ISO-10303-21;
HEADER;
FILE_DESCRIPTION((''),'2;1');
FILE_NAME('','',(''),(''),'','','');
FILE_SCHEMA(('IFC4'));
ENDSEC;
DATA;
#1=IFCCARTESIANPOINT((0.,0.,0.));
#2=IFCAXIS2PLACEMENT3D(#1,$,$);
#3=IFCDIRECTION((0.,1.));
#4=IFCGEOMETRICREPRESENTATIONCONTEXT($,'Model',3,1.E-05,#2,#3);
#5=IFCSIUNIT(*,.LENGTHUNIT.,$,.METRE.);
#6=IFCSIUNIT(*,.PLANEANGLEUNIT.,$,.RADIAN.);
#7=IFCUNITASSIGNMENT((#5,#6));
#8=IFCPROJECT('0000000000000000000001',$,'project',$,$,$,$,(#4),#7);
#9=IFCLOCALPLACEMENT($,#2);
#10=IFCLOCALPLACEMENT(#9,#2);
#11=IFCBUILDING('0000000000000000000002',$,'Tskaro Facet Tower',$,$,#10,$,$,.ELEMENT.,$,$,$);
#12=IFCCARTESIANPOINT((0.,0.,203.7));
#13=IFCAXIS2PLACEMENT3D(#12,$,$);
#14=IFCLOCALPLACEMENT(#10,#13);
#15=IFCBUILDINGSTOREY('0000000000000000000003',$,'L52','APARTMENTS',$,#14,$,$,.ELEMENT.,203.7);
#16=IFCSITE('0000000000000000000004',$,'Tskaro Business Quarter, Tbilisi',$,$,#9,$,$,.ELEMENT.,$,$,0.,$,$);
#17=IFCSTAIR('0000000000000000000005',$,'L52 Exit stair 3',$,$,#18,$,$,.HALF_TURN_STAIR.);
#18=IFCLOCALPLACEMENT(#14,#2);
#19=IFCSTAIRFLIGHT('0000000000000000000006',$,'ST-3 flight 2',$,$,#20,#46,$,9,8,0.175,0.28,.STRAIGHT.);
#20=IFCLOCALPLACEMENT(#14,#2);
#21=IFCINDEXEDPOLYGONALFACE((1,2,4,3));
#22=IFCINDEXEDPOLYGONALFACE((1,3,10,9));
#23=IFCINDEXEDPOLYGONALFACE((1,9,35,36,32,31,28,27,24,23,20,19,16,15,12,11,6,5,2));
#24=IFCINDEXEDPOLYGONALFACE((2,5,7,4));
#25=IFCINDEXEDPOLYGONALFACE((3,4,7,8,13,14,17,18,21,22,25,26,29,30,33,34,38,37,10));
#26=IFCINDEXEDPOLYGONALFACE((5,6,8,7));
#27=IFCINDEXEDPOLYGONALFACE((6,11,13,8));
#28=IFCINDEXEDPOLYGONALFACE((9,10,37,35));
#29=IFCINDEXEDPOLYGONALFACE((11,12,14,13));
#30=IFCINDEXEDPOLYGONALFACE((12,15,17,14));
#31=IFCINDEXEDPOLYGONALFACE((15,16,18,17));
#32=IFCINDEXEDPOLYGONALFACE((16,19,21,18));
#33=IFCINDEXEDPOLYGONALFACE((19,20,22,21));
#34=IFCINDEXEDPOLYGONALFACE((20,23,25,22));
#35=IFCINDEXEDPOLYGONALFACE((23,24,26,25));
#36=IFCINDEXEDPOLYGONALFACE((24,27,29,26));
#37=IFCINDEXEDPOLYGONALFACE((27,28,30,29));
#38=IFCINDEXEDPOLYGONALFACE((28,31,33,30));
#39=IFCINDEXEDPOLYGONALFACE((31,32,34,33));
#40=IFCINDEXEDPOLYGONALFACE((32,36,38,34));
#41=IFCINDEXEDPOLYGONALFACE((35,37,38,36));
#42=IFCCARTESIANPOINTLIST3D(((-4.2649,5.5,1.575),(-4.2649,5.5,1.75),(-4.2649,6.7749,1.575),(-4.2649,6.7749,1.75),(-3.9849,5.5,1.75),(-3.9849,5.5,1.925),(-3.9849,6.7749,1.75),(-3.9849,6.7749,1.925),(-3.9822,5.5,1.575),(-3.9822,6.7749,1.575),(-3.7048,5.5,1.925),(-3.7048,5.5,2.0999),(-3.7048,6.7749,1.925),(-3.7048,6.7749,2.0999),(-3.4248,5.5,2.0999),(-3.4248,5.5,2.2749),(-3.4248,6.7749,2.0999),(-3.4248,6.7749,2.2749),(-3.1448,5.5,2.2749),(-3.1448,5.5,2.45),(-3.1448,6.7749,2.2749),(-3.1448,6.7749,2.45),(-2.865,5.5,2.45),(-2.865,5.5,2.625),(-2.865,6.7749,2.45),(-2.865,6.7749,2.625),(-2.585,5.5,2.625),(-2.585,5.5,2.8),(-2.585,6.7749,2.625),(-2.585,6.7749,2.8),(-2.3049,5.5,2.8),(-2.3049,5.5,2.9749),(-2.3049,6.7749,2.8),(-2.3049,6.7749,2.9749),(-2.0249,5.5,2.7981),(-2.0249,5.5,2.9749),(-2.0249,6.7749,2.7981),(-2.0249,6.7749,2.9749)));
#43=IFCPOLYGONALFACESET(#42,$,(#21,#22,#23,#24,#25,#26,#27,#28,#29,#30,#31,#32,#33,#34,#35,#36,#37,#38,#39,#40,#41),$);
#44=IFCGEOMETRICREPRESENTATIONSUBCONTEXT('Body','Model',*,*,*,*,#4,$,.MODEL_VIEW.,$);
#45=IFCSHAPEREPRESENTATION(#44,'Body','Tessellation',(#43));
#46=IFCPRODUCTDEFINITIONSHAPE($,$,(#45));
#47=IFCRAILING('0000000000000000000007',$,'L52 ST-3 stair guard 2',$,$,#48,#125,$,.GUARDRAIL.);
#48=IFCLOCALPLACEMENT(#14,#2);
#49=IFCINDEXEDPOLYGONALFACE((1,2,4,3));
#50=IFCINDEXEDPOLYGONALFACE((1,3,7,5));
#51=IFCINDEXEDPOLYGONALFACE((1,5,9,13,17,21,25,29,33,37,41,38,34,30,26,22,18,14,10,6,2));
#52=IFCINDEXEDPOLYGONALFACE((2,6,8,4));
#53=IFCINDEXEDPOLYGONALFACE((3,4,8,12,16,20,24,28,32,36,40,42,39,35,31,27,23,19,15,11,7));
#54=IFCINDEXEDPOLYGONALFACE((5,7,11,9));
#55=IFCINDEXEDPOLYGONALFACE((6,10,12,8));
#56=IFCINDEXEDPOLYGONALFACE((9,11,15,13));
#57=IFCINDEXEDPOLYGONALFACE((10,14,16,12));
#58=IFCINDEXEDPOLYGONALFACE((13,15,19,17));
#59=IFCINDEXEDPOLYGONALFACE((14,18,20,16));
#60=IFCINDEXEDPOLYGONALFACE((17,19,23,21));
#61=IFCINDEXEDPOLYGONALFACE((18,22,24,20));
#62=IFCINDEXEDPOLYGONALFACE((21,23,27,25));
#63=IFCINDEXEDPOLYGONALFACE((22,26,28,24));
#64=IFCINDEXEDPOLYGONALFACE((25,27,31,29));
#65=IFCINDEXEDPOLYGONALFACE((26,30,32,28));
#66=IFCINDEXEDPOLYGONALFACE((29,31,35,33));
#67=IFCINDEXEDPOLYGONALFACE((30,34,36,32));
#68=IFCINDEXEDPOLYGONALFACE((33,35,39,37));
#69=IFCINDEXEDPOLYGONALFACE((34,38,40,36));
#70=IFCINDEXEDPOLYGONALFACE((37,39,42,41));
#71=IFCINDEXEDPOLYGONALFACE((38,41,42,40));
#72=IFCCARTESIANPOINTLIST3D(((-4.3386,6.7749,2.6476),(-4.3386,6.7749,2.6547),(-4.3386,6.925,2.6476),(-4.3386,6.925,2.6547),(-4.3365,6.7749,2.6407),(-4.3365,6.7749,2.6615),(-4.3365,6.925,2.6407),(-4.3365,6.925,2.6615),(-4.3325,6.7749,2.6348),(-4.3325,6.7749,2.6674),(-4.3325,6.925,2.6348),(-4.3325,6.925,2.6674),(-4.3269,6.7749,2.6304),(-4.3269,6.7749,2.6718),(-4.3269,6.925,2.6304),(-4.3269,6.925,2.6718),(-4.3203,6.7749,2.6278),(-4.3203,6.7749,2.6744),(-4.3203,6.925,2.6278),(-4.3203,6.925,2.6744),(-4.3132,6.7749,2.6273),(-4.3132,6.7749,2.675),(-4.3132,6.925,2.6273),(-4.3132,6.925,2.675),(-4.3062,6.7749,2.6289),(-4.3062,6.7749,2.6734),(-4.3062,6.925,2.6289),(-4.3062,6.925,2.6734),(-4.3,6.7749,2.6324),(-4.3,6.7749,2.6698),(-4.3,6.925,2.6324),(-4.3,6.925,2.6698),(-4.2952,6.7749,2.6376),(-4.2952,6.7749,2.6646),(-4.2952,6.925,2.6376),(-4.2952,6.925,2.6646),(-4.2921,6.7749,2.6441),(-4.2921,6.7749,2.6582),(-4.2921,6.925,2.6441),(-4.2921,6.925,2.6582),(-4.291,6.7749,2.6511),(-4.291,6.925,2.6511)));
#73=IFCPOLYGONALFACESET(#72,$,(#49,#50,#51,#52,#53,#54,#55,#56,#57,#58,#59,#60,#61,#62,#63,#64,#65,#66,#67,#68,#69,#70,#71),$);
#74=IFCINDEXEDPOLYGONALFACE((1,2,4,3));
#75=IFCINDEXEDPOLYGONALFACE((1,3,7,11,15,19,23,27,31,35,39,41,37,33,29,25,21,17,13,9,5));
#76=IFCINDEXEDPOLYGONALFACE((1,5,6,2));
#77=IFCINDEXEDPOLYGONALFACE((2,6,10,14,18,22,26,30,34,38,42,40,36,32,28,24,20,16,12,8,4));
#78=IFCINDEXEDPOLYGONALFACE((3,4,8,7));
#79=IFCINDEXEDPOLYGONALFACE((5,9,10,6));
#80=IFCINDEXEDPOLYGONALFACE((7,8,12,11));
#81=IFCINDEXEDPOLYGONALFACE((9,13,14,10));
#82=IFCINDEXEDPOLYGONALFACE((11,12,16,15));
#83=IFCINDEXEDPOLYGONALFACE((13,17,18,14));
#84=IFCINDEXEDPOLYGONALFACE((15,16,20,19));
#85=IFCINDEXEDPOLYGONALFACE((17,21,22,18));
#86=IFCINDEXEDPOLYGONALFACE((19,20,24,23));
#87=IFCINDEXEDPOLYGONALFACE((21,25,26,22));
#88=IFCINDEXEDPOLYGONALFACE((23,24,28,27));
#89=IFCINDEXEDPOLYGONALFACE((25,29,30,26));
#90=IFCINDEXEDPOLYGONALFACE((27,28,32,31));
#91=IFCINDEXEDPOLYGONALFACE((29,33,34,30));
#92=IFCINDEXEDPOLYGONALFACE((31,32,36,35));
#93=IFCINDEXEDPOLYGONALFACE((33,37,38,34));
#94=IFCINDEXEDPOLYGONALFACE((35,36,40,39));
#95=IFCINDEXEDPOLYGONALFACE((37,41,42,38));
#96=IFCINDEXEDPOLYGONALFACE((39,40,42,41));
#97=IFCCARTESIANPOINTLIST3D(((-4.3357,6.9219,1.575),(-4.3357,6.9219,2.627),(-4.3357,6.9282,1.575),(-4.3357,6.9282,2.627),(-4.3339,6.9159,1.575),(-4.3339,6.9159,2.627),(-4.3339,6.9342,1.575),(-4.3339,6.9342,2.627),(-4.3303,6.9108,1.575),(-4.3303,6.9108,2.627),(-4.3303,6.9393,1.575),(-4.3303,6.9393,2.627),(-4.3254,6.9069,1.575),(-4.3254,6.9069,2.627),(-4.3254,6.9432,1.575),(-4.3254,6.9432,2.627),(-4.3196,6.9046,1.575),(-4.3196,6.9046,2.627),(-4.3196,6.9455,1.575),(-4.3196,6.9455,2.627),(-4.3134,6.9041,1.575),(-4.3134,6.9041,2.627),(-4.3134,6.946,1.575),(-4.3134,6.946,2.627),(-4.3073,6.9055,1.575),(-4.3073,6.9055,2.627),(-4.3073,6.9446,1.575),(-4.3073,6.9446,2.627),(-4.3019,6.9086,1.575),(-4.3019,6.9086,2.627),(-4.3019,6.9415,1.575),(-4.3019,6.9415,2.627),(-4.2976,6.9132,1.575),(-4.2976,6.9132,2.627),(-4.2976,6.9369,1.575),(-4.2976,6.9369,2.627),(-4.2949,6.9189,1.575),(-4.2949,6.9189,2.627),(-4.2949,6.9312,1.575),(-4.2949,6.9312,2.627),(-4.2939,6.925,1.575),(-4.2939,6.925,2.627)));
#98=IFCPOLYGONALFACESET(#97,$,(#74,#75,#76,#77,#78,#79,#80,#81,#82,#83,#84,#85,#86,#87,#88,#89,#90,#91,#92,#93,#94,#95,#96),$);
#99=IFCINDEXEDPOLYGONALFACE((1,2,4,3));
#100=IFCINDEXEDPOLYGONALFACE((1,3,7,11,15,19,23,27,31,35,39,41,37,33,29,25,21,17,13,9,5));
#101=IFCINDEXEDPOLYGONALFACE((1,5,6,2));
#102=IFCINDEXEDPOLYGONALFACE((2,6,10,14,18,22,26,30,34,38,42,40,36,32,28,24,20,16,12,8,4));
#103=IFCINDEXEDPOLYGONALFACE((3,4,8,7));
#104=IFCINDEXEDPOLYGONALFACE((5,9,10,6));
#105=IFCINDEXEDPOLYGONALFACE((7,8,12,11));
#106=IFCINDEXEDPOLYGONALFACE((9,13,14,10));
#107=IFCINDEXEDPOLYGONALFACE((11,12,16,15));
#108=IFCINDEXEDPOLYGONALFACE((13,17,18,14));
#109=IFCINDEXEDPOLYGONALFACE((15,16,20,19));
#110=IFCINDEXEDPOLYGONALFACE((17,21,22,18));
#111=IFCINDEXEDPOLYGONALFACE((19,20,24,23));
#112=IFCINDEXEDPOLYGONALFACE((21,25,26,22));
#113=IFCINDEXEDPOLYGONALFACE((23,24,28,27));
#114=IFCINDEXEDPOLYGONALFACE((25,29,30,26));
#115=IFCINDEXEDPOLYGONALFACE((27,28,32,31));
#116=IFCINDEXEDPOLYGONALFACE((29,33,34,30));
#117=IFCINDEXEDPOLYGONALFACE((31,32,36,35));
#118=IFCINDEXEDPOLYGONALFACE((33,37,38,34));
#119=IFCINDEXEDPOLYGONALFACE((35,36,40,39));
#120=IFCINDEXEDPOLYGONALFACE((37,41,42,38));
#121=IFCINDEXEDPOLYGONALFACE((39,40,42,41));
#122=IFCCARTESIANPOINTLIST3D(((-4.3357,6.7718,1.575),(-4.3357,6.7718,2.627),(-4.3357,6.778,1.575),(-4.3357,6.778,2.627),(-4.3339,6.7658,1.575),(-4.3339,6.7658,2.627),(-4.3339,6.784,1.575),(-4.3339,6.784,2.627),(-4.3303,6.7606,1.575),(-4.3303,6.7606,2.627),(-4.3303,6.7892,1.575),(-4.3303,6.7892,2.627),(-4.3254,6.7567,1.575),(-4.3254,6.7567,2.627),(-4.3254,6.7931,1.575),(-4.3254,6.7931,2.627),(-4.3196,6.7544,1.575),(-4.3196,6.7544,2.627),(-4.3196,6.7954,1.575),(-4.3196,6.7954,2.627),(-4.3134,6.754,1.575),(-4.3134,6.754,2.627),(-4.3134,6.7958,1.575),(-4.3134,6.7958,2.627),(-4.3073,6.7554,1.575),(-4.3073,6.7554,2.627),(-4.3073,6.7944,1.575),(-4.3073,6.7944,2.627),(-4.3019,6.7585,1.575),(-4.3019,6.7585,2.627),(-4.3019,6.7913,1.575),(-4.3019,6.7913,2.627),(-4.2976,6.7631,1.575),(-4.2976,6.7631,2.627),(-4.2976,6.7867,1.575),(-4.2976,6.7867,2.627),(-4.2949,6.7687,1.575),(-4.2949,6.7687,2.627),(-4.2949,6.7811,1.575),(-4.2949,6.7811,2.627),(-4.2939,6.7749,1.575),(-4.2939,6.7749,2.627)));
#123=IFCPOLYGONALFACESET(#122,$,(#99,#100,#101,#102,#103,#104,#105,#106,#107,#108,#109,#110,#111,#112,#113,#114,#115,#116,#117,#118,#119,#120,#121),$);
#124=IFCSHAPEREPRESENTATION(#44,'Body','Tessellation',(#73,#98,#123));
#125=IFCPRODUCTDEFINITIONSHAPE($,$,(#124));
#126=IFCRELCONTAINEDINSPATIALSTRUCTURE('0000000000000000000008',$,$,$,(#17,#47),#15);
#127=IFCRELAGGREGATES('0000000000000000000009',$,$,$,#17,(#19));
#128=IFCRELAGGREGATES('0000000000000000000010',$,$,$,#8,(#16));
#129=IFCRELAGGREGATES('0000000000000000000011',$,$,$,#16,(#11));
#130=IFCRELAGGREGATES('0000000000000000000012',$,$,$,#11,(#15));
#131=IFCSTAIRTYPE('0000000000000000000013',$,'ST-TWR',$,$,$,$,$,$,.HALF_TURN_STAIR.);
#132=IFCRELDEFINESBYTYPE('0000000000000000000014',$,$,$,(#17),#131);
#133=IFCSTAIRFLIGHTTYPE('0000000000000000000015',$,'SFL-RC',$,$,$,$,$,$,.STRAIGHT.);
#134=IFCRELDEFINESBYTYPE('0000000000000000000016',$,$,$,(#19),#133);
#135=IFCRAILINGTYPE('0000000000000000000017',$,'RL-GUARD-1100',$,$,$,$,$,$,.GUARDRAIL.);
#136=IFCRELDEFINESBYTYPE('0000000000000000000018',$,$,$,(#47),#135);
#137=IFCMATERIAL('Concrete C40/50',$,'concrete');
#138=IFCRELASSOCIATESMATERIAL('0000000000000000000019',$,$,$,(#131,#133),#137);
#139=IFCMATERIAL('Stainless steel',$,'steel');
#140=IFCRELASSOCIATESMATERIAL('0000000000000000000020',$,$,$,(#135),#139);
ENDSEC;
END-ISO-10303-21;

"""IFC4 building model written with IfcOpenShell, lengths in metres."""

from ifc_helpers import new_model, si_unit, direction, frame, origin, origin_2d, place, context, subcontext, project, spatial, polyline, circle, outline, extrude, material, type_object, element, aggregate, save


model = new_model("IFC4")

# Units and contexts
model_context = context("Model", 3, precision=1e-05, world=origin(), true_north=direction((0.0, 1.0)))
body_context = subcontext(model_context, "Body", "Model", "MODEL_VIEW")
ifc_project = project(units=[si_unit("LENGTHUNIT", "METRE"), si_unit("PLANEANGLEUNIT", "RADIAN")], contexts=[model_context])

# Site, building, storey
site_placement = place(None, origin())
site = spatial("IfcSite", under=ifc_project, at=site_placement, Name="Tskaro Business Quarter, Tbilisi", CompositionType="ELEMENT", RefElevation=0.0)
building_placement = place(site_placement, origin())
building = spatial("IfcBuilding", under=site, at=building_placement, Name="Tskaro Facet Tower", CompositionType="ELEMENT")
storey_placement = place(building_placement, frame((0.0, 0.0, 203.7)))
storey = spatial("IfcBuildingStorey", under=building, at=storey_placement, Name="L52", Description="APARTMENTS", CompositionType="ELEMENT", Elevation=203.7)

# Shared definitions
ifc_material_1 = material(Name="Concrete C40/50", Category="concrete")

# Stair, stair flight
stair_type = type_object("IfcStairType", Name="ST-TWR", PredefinedType="HALF_TURN_STAIR", material=ifc_material_1)
stair_placement = place(storey_placement, origin())
stair = element("IfcStair", 1, at=stair_placement, inside=storey, type_object=stair_type, Name="L52 Exit stair 3", PredefinedType="HALF_TURN_STAIR")
stair_flight_type = type_object("IfcStairFlightType", Name="SFL-RC", PredefinedType="STRAIGHT", material=ifc_material_1)
stair_flight_placement = place(storey_placement, frame((-4.2649, 6.1375, 1.575), z_axis=(0.0, 0.0, 1.0), x_axis=(1.0, 0.0, 0.0)))
stair_flight = element("IfcStairFlight", 2, at=stair_flight_placement, type_object=stair_flight_type, Name="ST-3 flight 2", NumberOfRisers=9, NumberOfTreads=8, PredefinedType="STRAIGHT", RiserHeight=0.175, TreadLength=0.28, context=body_context, shape_type="SweptSolid", body=[
    extrude(outline(polyline([(0.0, 0.0), (0.0, 0.175), (0.28, 0.175), (0.28, 0.3501), (0.5601, 0.3501), (0.5601, 0.5249), (0.8401, 0.5249), (0.8401, 0.7), (1.1201, 0.7), (1.1201, 0.875), (1.3999, 0.875), (1.3999, 1.05), (1.6799, 1.05), (1.6799, 1.2251), (1.96, 1.2251), (1.96, 1.3999), (2.24, 1.3999), (2.24, 1.575), (2.24, 1.2231), (0.2827, 0.0), (0.0, 0.0)])), frame((0.0, 0.6375, 0.0), z_axis=(0.0, -1.0, 0.0), x_axis=(1.0, 0.0, 0.0)), (0.0, 0.0, 1.0), 1.2749),
])
aggregate(stair, [stair_flight])

# Railing
ifc_material_2 = material(Name="Stainless steel", Category="steel")
railing_type_1 = type_object("IfcRailingType", Name="RL-GUARD-1100", PredefinedType="GUARDRAIL", material=ifc_material_2)
railing_1_placement = place(storey_placement, frame((-4.3149, 6.925, 1.575)))
element("IfcRailing", 3, at=railing_1_placement, inside=storey, type_object=railing_type_1, Name="L52 ST-3 stair guard 2", PredefinedType="GUARDRAIL", context=body_context, shape_type="SweptSolid", body=[
    extrude(circle(Radius=0.0239, at=origin_2d()), frame((0.0, 0.0, 1.0762), z_axis=(0.0, -1.0, 0.0), x_axis=(1.0, 0.0, 0.0)), (0.0, 0.0, 1.0), 0.1501),
    extrude(circle(Radius=0.021, at=origin_2d()), origin(), (0.0, 0.0, 1.0), 1.052),
    extrude(circle(Radius=0.021, at=origin_2d()), frame((0.0, -0.1501, 0.0)), (0.0, 0.0, 1.0), 1.052),
])

save(model, "model.ifc")
